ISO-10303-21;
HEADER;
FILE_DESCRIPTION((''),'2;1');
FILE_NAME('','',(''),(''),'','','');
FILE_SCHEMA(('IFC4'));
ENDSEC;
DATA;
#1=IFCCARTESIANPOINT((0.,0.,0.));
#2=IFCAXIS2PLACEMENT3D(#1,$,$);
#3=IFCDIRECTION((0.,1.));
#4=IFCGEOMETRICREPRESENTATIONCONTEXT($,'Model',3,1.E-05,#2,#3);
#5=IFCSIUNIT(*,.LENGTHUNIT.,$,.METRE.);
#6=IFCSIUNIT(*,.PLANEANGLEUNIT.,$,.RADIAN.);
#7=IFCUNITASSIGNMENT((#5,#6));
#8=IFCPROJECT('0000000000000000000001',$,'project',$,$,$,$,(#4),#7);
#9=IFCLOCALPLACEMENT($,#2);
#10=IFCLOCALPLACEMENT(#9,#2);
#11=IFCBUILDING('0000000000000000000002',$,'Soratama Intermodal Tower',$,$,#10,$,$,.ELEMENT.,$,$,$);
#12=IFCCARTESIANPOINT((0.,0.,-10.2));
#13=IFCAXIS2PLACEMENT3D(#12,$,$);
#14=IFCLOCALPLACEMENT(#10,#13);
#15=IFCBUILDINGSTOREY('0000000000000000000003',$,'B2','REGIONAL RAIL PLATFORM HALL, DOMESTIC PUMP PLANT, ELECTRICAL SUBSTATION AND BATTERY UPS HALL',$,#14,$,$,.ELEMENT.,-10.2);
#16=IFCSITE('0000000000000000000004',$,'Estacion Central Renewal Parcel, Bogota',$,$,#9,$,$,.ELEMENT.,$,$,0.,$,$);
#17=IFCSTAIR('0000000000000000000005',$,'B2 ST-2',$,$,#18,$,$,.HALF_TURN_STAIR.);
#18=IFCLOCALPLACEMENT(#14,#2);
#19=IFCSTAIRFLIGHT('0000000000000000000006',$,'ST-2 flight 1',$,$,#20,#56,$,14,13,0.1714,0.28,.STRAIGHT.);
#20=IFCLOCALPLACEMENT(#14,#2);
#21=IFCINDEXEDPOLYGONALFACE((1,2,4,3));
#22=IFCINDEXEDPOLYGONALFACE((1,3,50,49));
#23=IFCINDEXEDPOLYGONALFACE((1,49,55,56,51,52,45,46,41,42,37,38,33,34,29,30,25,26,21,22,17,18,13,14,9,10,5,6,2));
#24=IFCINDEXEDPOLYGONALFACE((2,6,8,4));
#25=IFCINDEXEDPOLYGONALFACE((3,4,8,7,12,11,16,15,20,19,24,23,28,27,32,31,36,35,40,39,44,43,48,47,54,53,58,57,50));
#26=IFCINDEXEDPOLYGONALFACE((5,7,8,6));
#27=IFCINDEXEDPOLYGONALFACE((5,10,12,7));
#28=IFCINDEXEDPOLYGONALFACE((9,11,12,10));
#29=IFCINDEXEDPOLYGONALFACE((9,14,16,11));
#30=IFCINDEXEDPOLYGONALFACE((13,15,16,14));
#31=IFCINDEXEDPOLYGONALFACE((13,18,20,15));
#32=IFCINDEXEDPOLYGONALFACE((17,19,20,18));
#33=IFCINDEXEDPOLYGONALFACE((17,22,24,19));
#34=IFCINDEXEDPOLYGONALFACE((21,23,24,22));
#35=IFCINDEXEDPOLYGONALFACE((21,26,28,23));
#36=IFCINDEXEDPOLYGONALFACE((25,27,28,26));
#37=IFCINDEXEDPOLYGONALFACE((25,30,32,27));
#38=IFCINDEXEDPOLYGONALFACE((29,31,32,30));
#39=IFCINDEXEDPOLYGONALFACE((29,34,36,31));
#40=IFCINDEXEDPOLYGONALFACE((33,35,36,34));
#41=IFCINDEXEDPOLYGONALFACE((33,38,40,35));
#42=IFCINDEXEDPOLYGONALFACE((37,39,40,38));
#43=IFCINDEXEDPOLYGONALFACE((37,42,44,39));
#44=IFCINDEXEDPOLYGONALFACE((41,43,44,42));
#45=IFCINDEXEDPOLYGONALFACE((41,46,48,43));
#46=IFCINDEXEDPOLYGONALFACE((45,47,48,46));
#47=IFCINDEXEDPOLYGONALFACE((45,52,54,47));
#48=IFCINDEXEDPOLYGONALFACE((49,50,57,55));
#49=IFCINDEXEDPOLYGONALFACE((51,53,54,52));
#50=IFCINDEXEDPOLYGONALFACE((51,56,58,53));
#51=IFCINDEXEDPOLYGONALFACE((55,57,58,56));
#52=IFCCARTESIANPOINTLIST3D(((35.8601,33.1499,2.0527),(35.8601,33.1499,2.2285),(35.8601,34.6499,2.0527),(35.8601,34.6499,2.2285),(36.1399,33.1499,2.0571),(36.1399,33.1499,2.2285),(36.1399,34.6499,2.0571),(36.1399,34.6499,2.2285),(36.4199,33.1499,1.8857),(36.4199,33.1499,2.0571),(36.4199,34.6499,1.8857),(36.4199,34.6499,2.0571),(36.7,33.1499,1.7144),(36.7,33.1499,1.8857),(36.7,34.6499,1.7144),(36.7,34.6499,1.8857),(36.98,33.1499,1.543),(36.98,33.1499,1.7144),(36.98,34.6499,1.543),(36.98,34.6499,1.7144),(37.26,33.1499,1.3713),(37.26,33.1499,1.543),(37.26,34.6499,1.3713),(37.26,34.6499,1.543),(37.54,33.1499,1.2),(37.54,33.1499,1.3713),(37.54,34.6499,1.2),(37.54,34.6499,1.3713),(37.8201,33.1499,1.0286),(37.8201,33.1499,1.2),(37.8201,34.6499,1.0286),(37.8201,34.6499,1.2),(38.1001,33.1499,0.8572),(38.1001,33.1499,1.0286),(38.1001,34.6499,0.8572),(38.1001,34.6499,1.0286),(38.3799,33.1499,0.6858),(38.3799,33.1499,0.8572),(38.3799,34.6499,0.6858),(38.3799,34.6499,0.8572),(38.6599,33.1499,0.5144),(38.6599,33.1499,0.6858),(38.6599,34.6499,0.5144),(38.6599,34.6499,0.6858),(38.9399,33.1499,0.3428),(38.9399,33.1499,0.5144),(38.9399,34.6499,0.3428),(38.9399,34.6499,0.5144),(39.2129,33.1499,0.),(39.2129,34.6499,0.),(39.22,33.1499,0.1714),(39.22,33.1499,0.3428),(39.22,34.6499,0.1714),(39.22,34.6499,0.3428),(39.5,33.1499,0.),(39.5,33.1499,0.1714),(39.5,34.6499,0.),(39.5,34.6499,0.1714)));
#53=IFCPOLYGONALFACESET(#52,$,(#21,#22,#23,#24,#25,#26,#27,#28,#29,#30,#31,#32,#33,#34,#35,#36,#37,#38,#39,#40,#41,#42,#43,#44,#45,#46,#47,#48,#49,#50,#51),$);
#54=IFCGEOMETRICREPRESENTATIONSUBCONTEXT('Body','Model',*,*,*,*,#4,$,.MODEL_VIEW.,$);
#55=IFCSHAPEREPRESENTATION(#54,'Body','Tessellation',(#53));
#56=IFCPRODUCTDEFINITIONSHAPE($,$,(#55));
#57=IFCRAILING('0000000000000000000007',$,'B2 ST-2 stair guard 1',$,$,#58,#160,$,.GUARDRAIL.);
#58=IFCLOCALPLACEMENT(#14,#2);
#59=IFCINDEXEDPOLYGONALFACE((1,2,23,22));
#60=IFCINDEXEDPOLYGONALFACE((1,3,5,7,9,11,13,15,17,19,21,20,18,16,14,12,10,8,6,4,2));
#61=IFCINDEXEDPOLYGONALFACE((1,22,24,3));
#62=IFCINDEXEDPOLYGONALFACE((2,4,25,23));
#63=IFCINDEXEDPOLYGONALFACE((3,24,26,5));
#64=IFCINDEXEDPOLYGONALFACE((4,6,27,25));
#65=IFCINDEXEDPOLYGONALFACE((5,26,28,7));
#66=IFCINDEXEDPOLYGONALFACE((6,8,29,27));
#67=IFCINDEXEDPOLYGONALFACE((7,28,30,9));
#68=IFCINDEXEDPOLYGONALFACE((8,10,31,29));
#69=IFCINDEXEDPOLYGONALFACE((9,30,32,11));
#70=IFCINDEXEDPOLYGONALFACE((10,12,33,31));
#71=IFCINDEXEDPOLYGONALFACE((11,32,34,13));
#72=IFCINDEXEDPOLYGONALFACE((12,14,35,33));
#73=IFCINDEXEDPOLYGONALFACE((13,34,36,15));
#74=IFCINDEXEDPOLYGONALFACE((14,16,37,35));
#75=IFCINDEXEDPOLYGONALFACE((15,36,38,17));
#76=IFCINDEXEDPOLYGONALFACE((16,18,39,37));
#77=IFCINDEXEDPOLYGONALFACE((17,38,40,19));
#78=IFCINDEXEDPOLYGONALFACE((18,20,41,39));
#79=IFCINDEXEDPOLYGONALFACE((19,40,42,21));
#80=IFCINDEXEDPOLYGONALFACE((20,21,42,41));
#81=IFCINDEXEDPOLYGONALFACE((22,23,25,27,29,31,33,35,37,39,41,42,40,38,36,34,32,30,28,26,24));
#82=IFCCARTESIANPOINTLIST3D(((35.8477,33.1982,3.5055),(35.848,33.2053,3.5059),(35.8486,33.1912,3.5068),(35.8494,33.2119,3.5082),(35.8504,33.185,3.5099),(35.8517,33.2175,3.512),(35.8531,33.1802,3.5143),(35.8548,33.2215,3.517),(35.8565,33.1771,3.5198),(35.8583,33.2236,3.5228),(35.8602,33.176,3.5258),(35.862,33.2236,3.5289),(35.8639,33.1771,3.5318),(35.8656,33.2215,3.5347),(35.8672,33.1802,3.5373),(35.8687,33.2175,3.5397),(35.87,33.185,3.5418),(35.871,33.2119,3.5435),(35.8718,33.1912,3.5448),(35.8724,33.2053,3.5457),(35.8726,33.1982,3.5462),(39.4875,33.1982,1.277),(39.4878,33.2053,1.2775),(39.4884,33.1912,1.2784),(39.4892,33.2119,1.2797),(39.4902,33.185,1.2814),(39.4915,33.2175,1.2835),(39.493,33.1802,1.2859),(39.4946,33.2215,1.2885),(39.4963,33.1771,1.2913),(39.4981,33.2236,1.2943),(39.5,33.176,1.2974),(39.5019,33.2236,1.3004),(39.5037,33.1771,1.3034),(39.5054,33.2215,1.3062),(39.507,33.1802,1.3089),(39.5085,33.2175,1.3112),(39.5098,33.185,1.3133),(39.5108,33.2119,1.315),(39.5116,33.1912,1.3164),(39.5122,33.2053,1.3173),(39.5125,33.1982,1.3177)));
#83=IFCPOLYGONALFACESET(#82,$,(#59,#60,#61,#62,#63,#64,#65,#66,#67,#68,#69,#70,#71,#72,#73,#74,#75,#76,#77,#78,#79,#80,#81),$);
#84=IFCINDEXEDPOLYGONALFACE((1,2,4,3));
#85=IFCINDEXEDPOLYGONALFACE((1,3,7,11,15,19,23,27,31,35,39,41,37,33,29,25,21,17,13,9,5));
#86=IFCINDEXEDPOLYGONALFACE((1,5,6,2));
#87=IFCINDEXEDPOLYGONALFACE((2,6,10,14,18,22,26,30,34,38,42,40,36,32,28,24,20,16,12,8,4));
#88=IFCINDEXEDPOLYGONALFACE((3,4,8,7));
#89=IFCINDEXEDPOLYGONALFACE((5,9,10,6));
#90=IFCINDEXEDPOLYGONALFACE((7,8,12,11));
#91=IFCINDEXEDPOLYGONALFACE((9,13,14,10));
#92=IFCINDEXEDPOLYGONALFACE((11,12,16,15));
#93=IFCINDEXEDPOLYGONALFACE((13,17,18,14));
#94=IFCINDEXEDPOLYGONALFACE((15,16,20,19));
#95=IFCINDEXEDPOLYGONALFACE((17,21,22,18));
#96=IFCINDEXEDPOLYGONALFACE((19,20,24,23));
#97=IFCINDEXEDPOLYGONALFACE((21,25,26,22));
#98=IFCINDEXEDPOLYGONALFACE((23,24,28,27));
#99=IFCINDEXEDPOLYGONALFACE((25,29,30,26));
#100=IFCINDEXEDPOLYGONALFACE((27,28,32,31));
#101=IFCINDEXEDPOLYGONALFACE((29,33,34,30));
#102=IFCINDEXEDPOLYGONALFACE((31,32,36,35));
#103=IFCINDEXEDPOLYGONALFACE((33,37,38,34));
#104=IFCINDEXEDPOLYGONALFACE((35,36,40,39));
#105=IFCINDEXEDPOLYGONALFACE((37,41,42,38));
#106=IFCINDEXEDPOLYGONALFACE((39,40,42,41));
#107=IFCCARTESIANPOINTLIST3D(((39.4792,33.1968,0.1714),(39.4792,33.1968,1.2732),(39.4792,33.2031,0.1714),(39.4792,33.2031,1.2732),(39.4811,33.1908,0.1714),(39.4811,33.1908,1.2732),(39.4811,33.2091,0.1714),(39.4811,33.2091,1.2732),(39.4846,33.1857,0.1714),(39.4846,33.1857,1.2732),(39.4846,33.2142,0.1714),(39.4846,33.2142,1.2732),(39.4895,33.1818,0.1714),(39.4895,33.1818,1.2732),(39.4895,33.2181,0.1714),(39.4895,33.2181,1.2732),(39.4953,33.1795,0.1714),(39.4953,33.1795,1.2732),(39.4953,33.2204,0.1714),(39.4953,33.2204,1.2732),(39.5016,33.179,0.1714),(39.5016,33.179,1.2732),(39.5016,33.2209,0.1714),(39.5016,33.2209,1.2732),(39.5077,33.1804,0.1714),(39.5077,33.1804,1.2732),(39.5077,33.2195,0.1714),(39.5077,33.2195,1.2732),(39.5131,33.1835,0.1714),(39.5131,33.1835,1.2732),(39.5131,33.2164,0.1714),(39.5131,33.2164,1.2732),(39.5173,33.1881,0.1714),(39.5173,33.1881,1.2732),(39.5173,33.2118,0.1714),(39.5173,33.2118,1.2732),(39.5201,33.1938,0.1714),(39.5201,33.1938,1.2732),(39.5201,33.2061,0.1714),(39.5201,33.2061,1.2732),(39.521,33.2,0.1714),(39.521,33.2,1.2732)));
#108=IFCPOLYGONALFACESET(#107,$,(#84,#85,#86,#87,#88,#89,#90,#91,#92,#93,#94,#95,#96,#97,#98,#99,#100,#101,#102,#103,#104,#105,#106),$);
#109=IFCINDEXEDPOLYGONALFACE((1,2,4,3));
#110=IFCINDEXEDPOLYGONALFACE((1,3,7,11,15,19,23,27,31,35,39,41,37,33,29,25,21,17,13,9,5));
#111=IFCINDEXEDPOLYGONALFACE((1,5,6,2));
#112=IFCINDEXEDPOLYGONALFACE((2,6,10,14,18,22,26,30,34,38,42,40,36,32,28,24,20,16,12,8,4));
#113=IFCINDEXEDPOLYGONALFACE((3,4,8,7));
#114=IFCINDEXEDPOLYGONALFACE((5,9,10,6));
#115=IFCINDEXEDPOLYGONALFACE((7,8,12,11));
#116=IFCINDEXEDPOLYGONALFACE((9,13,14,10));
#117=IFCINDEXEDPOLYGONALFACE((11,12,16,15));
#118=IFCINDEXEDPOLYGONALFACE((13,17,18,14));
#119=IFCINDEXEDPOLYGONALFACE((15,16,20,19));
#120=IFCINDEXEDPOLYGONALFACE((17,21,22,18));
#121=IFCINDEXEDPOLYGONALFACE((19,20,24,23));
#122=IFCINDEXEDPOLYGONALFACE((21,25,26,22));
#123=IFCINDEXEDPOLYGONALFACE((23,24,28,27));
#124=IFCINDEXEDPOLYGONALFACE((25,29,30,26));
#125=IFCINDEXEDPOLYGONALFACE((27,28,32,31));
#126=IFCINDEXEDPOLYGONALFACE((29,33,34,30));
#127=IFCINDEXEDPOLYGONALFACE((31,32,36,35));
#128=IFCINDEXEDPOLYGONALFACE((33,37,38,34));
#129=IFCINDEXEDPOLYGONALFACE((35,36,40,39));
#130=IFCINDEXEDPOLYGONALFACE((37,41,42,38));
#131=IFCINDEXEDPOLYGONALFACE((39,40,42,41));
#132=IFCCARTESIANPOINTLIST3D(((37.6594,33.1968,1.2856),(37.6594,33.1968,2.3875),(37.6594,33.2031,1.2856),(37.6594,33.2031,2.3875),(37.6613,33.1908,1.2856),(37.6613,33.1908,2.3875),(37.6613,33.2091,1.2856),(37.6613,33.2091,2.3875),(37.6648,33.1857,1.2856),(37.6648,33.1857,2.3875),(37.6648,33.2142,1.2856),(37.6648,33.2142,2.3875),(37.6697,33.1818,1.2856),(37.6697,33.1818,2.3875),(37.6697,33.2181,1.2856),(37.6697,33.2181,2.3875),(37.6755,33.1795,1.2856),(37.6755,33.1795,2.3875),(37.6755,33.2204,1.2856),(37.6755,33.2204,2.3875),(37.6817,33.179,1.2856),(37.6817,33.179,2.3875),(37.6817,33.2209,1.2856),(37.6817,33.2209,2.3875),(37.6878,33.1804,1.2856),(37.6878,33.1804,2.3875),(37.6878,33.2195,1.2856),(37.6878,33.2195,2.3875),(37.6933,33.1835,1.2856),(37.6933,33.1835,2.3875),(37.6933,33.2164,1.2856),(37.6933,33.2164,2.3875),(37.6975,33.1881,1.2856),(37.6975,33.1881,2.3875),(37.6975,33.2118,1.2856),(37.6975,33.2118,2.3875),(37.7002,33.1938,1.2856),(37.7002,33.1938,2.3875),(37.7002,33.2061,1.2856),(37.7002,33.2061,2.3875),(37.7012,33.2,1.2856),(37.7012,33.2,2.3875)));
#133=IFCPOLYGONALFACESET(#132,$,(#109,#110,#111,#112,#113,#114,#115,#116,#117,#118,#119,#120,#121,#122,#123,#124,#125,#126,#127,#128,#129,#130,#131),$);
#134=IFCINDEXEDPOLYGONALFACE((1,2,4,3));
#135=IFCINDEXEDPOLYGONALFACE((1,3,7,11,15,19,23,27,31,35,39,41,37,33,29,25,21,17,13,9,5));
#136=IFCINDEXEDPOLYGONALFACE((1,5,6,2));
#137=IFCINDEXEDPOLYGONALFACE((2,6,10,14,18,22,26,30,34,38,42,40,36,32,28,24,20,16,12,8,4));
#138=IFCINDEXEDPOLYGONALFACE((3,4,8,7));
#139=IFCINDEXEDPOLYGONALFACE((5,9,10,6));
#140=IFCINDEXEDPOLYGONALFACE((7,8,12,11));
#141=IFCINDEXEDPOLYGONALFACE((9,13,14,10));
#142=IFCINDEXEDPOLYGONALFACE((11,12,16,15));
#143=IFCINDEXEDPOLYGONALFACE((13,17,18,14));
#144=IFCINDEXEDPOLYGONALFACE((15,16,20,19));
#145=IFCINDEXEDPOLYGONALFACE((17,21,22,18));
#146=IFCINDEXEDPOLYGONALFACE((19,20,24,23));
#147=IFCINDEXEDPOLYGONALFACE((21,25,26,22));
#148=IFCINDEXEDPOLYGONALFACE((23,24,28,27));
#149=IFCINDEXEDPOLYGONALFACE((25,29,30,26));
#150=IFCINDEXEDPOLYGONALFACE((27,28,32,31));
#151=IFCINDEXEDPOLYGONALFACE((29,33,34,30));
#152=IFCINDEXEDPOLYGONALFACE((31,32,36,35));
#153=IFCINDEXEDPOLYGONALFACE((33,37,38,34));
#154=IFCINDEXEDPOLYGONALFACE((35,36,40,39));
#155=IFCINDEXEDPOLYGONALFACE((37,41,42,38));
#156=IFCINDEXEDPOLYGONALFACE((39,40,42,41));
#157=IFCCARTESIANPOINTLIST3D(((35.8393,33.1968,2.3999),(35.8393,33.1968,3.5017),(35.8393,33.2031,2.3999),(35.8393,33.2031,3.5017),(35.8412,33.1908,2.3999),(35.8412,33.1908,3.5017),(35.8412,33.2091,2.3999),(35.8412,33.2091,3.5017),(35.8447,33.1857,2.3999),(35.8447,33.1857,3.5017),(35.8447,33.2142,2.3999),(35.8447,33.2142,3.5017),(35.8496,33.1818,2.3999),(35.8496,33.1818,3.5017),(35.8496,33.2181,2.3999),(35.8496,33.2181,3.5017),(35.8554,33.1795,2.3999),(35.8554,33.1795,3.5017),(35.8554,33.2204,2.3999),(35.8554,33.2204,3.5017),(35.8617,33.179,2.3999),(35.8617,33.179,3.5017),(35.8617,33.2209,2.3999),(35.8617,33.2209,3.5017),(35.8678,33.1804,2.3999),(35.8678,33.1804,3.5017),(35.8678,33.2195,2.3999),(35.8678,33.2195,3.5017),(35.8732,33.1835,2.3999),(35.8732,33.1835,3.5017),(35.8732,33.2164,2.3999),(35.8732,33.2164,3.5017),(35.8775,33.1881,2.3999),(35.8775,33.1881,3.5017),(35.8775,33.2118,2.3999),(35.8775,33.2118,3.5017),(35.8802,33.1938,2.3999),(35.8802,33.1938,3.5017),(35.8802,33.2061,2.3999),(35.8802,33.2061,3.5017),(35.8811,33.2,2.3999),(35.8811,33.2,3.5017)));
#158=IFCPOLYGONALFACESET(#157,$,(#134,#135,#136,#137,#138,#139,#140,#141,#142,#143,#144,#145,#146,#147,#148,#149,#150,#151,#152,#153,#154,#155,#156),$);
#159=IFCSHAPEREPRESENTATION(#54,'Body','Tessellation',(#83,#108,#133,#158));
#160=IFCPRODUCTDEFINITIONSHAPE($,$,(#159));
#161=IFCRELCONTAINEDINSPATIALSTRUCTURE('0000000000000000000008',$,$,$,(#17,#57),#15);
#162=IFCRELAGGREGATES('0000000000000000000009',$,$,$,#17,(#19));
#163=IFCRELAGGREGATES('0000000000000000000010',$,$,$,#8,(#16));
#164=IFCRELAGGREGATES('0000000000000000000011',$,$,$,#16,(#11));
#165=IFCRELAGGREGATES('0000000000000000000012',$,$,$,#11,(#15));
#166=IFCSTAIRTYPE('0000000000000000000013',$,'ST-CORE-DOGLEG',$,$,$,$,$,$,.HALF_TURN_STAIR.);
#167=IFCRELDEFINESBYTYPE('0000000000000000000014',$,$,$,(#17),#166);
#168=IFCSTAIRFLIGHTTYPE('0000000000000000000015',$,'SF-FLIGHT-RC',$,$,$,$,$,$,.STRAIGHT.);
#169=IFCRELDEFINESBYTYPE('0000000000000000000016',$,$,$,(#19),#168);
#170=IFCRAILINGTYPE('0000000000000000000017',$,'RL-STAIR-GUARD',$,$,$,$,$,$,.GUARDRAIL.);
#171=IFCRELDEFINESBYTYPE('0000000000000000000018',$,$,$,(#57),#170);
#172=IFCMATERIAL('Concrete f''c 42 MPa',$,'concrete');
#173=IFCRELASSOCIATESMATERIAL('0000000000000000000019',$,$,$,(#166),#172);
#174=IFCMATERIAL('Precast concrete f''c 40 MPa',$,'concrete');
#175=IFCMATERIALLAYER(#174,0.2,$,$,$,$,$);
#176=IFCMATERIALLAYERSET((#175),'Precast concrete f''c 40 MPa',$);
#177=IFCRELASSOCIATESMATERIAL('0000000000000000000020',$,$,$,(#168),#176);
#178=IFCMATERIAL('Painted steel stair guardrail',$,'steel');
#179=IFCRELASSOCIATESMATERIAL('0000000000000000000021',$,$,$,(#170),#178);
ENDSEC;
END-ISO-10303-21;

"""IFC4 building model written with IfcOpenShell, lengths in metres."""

from ifc_helpers import new_model, si_unit, direction, frame, origin, origin_2d, place, context, subcontext, project, spatial, polyline, circle, outline, extrude, material, layer, layer_set, type_object, element, aggregate, save


model = new_model("IFC4")

# Units and contexts
model_context = context("Model", 3, precision=1e-05, world=origin(), true_north=direction((0.0, 1.0)))
body_context = subcontext(model_context, "Body", "Model", "MODEL_VIEW")
ifc_project = project(units=[si_unit("LENGTHUNIT", "METRE"), si_unit("PLANEANGLEUNIT", "RADIAN")], contexts=[model_context])

# Site, building, storey
site_placement = place(None, origin())
site = spatial("IfcSite", under=ifc_project, at=site_placement, Name="Estacion Central Renewal Parcel, Bogota", CompositionType="ELEMENT", RefElevation=0.0)
building_placement = place(site_placement, origin())
building = spatial("IfcBuilding", under=site, at=building_placement, Name="Soratama Intermodal Tower", CompositionType="ELEMENT")
storey_placement = place(building_placement, frame((0.0, 0.0, -10.2)))
storey = spatial("IfcBuildingStorey", under=building, at=storey_placement, Name="B2", Description="REGIONAL RAIL PLATFORM HALL, DOMESTIC PUMP PLANT, ELECTRICAL SUBSTATION AND BATTERY UPS HALL", CompositionType="ELEMENT", Elevation=-10.2)

# Stair, stair flight
ifc_material_1 = material(Name="Concrete f'c 42 MPa", Category="concrete")
stair_type = type_object("IfcStairType", Name="ST-CORE-DOGLEG", PredefinedType="HALF_TURN_STAIR", material=ifc_material_1)
stair_placement = place(storey_placement, origin())
stair = element("IfcStair", 1, at=stair_placement, inside=storey, type_object=stair_type, Name="B2 ST-2", PredefinedType="HALF_TURN_STAIR")
ifc_material_2 = material(Name="Precast concrete f'c 40 MPa", Category="concrete")
ifc_layer_1 = layer(ifc_material_2, 0.2)
ifc_layer_set_1 = layer_set([ifc_layer_1], Name="Precast concrete f'c 40 MPa")
stair_flight_type = type_object("IfcStairFlightType", Name="SF-FLIGHT-RC", PredefinedType="STRAIGHT", material=ifc_layer_set_1)
stair_flight_placement = place(storey_placement, frame((39.5, 33.8999, 0.0), z_axis=(0.0, 0.0, 1.0), x_axis=(-1.0, 0.0, 0.0)))
stair_flight = element("IfcStairFlight", 2, at=stair_flight_placement, type_object=stair_flight_type, Name="ST-2 flight 1", NumberOfRisers=14, NumberOfTreads=13, PredefinedType="STRAIGHT", RiserHeight=0.1714, TreadLength=0.28, context=body_context, shape_type="SweptSolid", body=[
    extrude(outline(polyline([(0.0, 0.0), (0.0, 0.1714), (0.28, 0.1714), (0.28, 0.3428), (0.5601, 0.3428), (0.5601, 0.5144), (0.8401, 0.5144), (0.8401, 0.6858), (1.1201, 0.6858), (1.1201, 0.8572), (1.3999, 0.8572), (1.3999, 1.0286), (1.6799, 1.0286), (1.6799, 1.2), (1.96, 1.2), (1.96, 1.3713), (2.24, 1.3713), (2.24, 1.543), (2.52, 1.543), (2.52, 1.7144), (2.8, 1.7144), (2.8, 1.8857), (3.0801, 1.8857), (3.0801, 2.0571), (3.3601, 2.0571), (3.3601, 2.2285), (3.6399, 2.2285), (3.6399, 2.3999), (3.6399, 2.0527), (0.2871, 0.0), (0.0, 0.0)])), frame((0.0, 0.75, 0.0), z_axis=(0.0, -1.0, 0.0), x_axis=(1.0, 0.0, 0.0)), (0.0, 0.0, 1.0), 1.5),
])
aggregate(stair, [stair_flight])

# Railing
ifc_material_3 = material(Name="Painted steel stair guardrail", Category="steel")
railing_type_1 = type_object("IfcRailingType", Name="RL-STAIR-GUARD", PredefinedType="GUARDRAIL", material=ifc_material_3)
railing_1_placement = place(storey_placement, frame((39.5, 33.2, 0.1714)))
element("IfcRailing", 3, at=railing_1_placement, inside=storey, type_object=railing_type_1, Name="B2 ST-2 stair guard 1", PredefinedType="GUARDRAIL", context=body_context, shape_type="SweptSolid", body=[
    extrude(circle(Radius=0.0239, at=origin_2d()), frame((0.0, 0.0, 1.126), z_axis=(-0.85285, 0.0, 0.522156), x_axis=(0.0, -1.0, 0.0)), (0.0, 0.0, 1.0), 4.2678),
    extrude(circle(Radius=0.021, at=origin_2d()), origin(), (0.0, 0.0, 1.0), 1.1018),
    extrude(circle(Radius=0.021, at=origin_2d()), frame((-1.8198, 0.0, 1.1143)), (0.0, 0.0, 1.0), 1.1018),
    extrude(circle(Radius=0.021, at=origin_2d()), frame((-3.6399, 0.0, 2.2285)), (0.0, 0.0, 1.0), 1.1018),
])

save(model, "model.ifc")
